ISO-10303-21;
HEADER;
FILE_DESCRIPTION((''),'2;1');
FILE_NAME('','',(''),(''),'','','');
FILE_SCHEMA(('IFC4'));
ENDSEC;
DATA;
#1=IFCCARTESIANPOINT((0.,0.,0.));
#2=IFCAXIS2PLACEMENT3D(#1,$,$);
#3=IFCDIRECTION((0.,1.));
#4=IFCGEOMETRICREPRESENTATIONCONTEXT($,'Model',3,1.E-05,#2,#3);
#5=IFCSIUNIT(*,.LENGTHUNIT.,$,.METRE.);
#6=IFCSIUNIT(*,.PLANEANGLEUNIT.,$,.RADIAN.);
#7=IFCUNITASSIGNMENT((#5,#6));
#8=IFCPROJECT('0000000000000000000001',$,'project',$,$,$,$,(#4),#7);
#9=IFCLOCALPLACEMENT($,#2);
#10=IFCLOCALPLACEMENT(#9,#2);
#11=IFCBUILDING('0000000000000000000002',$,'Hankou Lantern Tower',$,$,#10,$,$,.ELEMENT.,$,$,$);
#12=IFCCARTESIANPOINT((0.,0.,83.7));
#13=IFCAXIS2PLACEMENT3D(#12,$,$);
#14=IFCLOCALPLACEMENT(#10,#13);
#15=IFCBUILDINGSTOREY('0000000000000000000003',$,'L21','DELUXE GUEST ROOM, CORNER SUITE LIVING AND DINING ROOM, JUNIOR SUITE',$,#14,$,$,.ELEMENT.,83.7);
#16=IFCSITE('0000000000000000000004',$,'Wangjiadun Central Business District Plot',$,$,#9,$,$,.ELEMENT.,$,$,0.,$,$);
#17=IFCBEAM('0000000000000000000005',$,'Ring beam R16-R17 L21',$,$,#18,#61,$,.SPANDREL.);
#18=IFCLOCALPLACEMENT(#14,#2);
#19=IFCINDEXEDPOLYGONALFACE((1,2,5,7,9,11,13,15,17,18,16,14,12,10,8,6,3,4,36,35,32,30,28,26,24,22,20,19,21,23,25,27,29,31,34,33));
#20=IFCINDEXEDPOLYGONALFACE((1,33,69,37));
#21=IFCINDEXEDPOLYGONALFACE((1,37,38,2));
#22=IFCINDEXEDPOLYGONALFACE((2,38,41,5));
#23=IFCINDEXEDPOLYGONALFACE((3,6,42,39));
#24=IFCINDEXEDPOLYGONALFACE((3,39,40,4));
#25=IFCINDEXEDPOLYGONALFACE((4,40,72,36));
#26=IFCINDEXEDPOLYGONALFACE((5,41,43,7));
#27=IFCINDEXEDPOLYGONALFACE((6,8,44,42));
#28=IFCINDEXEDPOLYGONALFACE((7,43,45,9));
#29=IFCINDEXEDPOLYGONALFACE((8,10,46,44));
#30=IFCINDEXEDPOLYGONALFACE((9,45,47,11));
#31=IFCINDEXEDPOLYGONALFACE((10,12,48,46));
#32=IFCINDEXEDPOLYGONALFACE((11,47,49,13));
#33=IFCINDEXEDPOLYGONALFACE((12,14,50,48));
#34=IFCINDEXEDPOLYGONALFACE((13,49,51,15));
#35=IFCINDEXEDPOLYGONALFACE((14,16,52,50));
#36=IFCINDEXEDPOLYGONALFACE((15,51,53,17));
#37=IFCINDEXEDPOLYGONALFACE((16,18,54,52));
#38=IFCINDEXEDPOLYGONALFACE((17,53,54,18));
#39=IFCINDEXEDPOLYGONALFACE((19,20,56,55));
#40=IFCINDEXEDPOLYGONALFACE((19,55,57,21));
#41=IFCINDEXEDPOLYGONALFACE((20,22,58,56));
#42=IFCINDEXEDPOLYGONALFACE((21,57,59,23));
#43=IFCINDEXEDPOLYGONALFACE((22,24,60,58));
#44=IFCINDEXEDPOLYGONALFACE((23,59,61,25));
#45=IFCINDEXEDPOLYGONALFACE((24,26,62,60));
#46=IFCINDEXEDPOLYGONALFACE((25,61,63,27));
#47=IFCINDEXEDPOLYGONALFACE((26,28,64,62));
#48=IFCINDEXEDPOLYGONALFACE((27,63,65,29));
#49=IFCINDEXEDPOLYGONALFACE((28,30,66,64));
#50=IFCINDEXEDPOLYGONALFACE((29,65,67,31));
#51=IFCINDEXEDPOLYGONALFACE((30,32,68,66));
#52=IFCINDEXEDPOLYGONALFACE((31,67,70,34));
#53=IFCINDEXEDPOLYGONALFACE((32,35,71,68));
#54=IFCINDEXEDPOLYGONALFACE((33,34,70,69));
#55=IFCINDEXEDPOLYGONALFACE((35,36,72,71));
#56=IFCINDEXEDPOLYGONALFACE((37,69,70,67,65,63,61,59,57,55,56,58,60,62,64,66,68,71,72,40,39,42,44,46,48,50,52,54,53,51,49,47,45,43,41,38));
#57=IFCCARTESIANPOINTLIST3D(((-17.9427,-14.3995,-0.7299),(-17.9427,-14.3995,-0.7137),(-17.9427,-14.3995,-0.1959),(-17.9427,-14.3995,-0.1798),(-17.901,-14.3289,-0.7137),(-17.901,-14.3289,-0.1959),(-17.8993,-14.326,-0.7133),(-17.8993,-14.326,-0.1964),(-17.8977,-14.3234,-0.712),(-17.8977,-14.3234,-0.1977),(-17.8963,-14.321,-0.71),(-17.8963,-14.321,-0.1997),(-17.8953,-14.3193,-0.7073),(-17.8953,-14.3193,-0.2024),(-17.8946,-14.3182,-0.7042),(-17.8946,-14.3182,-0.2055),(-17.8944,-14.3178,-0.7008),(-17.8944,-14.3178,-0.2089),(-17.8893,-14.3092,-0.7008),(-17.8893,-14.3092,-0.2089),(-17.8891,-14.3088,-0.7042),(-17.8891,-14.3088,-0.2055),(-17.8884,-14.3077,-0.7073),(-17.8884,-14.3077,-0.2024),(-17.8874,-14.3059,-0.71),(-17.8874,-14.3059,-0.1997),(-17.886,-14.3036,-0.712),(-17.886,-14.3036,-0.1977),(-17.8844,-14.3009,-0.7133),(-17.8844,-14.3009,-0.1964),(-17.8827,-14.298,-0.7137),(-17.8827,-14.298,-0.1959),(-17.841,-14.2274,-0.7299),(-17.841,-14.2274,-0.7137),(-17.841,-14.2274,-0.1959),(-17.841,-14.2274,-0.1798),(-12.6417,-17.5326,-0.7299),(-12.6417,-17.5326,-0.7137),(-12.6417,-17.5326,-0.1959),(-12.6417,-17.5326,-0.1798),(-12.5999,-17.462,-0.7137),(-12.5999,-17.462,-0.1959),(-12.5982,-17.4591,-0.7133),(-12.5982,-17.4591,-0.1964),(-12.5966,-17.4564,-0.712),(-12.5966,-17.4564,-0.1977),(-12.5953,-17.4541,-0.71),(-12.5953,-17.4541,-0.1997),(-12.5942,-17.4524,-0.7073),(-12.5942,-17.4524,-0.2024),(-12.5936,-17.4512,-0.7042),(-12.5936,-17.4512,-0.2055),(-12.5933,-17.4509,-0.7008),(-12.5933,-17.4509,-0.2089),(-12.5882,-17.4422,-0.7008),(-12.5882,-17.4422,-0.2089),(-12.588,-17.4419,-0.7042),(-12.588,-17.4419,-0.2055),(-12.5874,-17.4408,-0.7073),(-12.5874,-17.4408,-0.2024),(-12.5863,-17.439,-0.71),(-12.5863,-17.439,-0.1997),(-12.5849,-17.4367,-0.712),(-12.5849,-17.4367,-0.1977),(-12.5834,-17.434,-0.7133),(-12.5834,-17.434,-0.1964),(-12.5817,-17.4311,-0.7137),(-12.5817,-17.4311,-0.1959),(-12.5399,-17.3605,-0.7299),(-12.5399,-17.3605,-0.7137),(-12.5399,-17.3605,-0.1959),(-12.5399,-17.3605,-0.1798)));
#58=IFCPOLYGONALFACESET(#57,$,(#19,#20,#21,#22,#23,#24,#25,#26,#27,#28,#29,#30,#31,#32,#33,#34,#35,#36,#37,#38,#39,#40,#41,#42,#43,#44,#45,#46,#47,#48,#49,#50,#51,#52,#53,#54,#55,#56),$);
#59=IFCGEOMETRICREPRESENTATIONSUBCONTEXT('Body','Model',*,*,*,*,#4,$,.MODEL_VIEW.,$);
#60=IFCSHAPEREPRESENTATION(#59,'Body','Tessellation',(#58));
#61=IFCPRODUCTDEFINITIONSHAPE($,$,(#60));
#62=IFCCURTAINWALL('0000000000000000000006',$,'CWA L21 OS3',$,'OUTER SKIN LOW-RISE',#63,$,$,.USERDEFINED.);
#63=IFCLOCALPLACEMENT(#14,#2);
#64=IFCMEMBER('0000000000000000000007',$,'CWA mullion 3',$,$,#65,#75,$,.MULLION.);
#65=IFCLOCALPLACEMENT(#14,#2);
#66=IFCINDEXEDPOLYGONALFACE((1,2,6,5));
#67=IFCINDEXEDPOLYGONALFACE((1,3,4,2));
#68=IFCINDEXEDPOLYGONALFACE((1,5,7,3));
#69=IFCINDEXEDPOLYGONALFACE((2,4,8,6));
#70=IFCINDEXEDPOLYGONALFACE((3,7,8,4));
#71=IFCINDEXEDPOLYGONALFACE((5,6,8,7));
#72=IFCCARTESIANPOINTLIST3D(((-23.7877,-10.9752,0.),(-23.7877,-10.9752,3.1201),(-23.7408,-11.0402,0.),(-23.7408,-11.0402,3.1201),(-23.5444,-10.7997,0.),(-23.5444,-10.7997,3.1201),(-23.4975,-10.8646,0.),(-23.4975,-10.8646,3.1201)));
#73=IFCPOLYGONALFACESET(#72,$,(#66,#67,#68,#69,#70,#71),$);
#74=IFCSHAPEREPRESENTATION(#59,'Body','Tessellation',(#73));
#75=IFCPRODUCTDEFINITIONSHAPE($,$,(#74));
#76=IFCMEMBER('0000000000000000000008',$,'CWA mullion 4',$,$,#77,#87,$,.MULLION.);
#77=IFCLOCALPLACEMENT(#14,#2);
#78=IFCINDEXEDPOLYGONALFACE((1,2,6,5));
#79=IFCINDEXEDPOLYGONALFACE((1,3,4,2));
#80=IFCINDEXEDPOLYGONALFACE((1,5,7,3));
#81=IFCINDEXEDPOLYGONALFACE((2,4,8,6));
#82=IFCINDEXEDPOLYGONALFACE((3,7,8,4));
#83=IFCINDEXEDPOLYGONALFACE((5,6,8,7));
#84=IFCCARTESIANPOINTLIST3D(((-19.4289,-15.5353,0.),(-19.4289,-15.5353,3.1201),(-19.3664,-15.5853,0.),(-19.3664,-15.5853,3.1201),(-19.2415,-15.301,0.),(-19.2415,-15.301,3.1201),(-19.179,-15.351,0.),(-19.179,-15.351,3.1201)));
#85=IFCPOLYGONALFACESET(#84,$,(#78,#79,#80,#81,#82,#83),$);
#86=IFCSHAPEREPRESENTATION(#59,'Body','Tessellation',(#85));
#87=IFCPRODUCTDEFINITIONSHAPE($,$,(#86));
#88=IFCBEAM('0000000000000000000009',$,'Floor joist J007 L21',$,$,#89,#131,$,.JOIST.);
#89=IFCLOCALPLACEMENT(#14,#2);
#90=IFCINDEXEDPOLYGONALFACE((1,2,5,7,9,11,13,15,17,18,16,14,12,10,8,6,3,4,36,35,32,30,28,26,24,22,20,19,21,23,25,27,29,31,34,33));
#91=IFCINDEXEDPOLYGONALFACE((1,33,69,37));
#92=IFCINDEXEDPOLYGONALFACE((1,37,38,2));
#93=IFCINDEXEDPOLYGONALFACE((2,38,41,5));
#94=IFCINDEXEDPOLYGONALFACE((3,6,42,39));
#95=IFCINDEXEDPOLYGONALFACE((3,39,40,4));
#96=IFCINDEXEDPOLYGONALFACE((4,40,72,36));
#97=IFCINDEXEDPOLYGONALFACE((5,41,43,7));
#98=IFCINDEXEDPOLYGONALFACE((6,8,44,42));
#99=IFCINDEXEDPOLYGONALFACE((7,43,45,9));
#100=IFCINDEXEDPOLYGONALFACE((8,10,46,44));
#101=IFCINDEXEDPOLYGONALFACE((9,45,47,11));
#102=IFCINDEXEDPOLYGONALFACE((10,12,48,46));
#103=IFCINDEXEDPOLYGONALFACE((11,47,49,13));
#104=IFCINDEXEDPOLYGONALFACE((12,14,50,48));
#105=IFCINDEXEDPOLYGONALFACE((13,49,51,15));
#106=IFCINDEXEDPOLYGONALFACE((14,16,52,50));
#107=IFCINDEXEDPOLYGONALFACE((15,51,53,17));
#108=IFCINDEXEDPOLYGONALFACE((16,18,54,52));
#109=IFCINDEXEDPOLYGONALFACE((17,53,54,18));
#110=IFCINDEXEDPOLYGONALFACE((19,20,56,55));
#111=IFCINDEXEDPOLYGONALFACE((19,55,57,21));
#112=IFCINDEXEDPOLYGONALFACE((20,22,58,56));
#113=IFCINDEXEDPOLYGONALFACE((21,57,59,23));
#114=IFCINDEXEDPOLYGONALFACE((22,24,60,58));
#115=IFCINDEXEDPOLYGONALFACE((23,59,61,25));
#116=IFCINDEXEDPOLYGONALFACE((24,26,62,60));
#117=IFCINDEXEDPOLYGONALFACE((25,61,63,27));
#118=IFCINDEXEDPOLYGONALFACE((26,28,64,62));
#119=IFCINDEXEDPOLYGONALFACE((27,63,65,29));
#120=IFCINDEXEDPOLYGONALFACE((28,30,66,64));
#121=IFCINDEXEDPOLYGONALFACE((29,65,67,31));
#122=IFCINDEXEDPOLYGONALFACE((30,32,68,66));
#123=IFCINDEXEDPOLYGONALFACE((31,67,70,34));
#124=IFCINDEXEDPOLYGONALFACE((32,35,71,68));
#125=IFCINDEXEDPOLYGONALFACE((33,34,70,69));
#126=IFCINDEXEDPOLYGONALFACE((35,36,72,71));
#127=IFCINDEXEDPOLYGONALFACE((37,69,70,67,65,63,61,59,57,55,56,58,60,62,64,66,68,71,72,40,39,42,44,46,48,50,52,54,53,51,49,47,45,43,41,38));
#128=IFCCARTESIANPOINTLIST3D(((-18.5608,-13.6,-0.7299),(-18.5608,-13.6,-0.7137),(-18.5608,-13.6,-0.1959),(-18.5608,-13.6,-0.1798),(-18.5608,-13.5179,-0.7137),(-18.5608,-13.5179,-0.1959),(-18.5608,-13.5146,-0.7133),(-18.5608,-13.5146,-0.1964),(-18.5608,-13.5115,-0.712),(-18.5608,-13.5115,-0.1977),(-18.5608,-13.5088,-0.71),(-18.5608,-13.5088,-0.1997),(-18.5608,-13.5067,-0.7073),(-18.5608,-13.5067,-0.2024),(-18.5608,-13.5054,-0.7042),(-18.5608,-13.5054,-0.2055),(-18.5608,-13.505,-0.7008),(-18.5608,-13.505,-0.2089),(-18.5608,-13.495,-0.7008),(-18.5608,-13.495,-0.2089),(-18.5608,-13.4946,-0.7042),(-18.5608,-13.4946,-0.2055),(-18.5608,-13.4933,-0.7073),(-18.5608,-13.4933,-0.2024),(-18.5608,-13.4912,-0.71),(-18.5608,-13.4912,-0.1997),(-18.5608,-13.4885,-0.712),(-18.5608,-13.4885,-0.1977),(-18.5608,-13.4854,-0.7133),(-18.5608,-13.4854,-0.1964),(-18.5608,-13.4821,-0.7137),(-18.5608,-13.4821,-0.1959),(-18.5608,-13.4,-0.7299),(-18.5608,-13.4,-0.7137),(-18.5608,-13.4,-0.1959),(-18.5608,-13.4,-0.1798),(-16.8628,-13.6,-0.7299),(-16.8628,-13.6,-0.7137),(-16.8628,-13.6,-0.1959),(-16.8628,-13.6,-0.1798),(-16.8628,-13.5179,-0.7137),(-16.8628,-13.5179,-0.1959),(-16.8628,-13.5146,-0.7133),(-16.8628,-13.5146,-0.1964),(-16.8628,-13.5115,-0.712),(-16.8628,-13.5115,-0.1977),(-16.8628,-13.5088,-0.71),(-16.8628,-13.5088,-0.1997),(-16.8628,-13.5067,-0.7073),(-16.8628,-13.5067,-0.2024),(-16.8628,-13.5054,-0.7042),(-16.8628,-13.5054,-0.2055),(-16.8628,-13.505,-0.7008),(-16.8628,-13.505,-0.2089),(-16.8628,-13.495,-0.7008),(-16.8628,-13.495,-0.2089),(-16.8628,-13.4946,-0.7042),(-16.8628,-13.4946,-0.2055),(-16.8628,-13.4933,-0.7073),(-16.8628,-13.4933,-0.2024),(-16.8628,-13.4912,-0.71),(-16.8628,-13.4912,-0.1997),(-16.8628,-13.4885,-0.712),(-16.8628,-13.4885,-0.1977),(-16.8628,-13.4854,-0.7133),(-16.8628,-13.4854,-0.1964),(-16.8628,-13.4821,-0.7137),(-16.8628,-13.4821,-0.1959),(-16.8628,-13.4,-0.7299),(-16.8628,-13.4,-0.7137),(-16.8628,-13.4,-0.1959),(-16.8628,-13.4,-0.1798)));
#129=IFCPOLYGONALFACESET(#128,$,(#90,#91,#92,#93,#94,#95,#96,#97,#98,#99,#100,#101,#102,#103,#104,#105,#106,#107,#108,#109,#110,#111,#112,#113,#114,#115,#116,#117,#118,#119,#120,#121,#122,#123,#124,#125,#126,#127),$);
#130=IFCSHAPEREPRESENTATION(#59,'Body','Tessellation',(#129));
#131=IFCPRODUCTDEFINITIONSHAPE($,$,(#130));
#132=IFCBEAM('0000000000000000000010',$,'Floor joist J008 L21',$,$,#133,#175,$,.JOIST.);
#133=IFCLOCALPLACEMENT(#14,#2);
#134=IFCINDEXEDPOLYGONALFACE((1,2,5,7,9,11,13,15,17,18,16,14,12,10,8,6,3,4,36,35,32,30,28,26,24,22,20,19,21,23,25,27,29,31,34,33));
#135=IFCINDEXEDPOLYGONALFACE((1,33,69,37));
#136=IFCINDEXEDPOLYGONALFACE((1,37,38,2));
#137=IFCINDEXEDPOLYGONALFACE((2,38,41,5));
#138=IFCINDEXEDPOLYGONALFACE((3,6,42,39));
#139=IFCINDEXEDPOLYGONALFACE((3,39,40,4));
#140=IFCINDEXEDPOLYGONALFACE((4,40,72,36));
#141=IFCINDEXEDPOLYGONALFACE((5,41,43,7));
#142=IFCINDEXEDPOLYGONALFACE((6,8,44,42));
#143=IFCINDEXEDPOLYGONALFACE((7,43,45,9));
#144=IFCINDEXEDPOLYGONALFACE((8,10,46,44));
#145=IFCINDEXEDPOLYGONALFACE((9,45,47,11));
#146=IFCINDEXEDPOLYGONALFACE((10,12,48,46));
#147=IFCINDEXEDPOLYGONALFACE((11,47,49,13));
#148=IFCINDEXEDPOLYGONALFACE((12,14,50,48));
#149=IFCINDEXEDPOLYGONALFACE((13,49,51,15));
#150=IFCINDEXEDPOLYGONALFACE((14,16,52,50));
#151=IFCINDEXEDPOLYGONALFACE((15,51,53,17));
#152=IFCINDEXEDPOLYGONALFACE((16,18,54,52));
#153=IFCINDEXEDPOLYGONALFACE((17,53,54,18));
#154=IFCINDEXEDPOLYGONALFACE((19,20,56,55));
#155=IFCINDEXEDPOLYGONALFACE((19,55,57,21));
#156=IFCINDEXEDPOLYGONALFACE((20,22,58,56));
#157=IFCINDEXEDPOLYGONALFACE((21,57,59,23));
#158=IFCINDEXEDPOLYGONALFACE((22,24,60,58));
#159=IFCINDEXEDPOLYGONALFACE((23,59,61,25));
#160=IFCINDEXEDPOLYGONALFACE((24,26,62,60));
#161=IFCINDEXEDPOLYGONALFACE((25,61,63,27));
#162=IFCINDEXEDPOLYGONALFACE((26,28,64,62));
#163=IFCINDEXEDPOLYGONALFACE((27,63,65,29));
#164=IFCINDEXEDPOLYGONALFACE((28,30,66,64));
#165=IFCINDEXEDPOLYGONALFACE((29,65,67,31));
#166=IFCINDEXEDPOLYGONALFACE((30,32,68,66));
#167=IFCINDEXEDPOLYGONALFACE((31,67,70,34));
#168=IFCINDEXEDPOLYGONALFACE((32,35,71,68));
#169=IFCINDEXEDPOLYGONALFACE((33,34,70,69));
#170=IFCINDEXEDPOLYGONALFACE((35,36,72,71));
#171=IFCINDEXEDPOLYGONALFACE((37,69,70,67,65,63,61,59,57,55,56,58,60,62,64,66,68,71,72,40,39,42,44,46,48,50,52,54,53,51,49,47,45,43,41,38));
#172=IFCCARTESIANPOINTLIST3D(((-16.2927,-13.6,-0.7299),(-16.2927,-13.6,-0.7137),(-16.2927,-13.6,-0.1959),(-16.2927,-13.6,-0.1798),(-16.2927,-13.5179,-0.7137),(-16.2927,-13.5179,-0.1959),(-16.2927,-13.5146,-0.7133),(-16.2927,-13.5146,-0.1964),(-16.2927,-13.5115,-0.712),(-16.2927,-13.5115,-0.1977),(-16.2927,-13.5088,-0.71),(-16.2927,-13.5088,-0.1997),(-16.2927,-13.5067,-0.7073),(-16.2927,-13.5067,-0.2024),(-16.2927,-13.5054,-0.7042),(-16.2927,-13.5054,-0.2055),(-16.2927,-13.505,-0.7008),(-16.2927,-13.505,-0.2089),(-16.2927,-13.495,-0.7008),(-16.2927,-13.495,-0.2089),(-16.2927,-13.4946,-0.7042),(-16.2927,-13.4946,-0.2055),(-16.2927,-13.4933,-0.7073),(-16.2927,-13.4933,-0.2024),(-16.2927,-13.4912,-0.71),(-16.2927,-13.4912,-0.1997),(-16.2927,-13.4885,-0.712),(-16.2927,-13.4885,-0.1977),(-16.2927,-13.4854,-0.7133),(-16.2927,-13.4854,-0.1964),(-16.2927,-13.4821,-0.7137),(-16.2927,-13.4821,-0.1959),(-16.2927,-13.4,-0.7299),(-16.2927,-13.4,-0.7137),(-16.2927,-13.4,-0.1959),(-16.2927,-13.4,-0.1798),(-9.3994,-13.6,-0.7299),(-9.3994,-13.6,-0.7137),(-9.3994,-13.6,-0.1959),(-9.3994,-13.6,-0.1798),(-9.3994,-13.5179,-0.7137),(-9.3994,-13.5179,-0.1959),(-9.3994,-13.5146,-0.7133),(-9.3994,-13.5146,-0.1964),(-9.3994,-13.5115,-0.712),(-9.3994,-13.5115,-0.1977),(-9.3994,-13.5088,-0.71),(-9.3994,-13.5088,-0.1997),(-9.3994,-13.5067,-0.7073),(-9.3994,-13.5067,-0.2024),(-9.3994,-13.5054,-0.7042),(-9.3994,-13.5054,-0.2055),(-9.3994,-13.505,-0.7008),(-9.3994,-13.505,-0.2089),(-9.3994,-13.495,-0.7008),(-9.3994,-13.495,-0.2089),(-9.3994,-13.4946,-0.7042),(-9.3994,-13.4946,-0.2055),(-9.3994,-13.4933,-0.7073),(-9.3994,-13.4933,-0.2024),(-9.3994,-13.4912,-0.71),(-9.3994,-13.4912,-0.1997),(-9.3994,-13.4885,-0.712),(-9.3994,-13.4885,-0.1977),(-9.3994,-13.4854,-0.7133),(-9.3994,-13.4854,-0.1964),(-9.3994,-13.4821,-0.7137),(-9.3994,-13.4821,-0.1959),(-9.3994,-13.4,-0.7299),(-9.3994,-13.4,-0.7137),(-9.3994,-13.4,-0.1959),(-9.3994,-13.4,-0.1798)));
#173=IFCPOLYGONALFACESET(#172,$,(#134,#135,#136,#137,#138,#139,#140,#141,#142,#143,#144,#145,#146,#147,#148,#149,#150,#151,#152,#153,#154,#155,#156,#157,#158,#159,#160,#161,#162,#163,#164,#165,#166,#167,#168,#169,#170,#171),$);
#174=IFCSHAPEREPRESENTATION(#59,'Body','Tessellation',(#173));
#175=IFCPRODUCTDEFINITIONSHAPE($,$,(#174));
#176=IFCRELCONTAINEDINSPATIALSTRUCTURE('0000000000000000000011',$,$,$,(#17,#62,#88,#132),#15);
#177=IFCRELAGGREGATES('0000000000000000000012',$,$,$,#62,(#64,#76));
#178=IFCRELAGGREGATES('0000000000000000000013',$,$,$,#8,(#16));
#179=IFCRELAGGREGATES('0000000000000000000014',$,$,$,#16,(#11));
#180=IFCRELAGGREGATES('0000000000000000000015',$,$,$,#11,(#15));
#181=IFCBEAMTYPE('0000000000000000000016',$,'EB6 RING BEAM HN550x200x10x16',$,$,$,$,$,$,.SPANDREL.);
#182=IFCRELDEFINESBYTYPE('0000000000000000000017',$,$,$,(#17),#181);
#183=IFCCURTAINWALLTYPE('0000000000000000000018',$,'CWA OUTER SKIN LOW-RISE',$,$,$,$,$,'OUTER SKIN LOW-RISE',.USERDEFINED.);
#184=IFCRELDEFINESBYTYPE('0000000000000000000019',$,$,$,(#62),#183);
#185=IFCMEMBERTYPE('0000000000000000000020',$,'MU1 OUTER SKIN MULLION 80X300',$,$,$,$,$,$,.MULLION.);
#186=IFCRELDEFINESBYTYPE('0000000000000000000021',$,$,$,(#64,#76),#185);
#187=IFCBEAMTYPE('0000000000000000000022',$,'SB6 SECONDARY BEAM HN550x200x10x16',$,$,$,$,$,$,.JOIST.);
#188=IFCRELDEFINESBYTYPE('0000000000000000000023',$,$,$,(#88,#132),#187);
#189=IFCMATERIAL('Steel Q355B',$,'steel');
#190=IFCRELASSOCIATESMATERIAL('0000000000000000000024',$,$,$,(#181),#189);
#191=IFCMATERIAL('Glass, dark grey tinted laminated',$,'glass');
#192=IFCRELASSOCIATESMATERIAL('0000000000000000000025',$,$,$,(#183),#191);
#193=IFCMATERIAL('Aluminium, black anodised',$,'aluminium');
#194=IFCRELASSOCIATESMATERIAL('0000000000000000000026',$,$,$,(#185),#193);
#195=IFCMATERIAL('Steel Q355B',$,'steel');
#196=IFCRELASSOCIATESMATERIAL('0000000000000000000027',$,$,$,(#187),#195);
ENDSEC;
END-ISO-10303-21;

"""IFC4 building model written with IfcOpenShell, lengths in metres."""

from ifc_helpers import new_model, si_unit, direction, frame, origin, origin_2d, place, context, subcontext, project, spatial, rectangle, i_section, extrude, material, material_profile, profile_set, type_object, element, aggregate, save


model = new_model("IFC4")

# Units and contexts
model_context = context("Model", 3, precision=1e-05, world=origin(), true_north=direction((0.0, 1.0)))
body_context = subcontext(model_context, "Body", "Model", "MODEL_VIEW")
ifc_project = project(units=[si_unit("LENGTHUNIT", "METRE"), si_unit("PLANEANGLEUNIT", "RADIAN")], contexts=[model_context])

# Site, building, storey
site_placement = place(None, origin())
site = spatial("IfcSite", under=ifc_project, at=site_placement, Name="Wangjiadun Central Business District Plot", CompositionType="ELEMENT", RefElevation=0.0)
building_placement = place(site_placement, origin())
building = spatial("IfcBuilding", under=site, at=building_placement, Name="Hankou Lantern Tower", CompositionType="ELEMENT")
storey_placement = place(building_placement, frame((0.0, 0.0, 83.7)))
storey = spatial("IfcBuildingStorey", under=building, at=storey_placement, Name="L21", Description="DELUXE GUEST ROOM, CORNER SUITE LIVING AND DINING ROOM, JUNIOR SUITE", CompositionType="ELEMENT", Elevation=83.7)

# Beam
ifc_material_1 = material(Name="Steel Q355B", Category="steel")
ifc_material_profile_1 = material_profile(ifc_material_1, i_section(OverallWidth=0.2, OverallDepth=0.55, WebThickness=0.01, FlangeThickness=0.0161, FilletRadius=0.0129, at=origin_2d()), Name="HN550x200x10x16")
ifc_profile_set_1 = profile_set([ifc_material_profile_1], Name="Steel Q355B")
beam_type_1 = type_object("IfcBeamType", Name="EB6 RING BEAM HN550x200x10x16", PredefinedType="SPANDREL", material=ifc_profile_set_1)
beam_1_placement = place(storey_placement, frame((-17.8918, -14.3135, -0.4548), z_axis=(0.860882, -0.508805, 0.0), x_axis=(0.508805, 0.860882, 0.0)))
element("IfcBeam", 1, at=beam_1_placement, inside=storey, type_object=beam_type_1, Name="Ring beam R16-R17 L21", PredefinedType="SPANDREL", context=body_context, shape_type="SweptSolid", body=[
    extrude(i_section(OverallWidth=0.2, OverallDepth=0.55, WebThickness=0.01, FlangeThickness=0.0161, FilletRadius=0.0129, at=origin_2d()), origin(), (0.0, 0.0, 1.0), 6.1577),
])

# Curtain wall, members
ifc_material_2 = material(Name="Glass, dark grey tinted laminated", Category="glass")
curtain_wall_type = type_object("IfcCurtainWallType", Name="CWA OUTER SKIN LOW-RISE", ElementType="OUTER SKIN LOW-RISE", PredefinedType="USERDEFINED", material=ifc_material_2)
curtain_wall_placement = place(storey_placement, origin())
curtain_wall = element("IfcCurtainWall", 2, at=curtain_wall_placement, inside=storey, type_object=curtain_wall_type, Name="CWA L21 OS3", ObjectType="OUTER SKIN LOW-RISE", PredefinedType="USERDEFINED")
ifc_material_3 = material(Name="Aluminium, black anodised", Category="aluminium")
ifc_material_profile_2 = material_profile(ifc_material_3, rectangle(XDim=0.0801, YDim=0.3, at=origin_2d()), Name="MU1 80X300")
ifc_profile_set_2 = profile_set([ifc_material_profile_2], Name="Aluminium, black anodised")
member_type_1 = type_object("IfcMemberType", Name="MU1 OUTER SKIN MULLION 80X300", PredefinedType="MULLION", material=ifc_profile_set_2)
member_1_placement = place(storey_placement, frame((-23.6426, -10.9199, 0.0), z_axis=(0.0, 0.0, 1.0), x_axis=(0.585206, -0.810885, 0.0)))
member_1 = element("IfcMember", 3, at=member_1_placement, type_object=member_type_1, Name="CWA mullion 3", PredefinedType="MULLION", context=body_context, shape_type="SweptSolid", body=[
    extrude(rectangle(XDim=0.0801, YDim=0.3, at=origin_2d()), origin(), (0.0, 0.0, 1.0), 3.1201),
])
member_2_placement = place(storey_placement, frame((-19.304, -15.4431, 0.0), z_axis=(0.0, 0.0, 1.0), x_axis=(0.780869, -0.624695, 0.0)))
member_2 = element("IfcMember", 4, at=member_2_placement, type_object=member_type_1, Name="CWA mullion 4", PredefinedType="MULLION", context=body_context, shape_type="SweptSolid", body=[
    extrude(rectangle(XDim=0.0801, YDim=0.3, at=origin_2d()), origin(), (0.0, 0.0, 1.0), 3.1201),
])

# Beams
ifc_material_4 = material(Name="Steel Q355B", Category="steel")
ifc_material_profile_3 = material_profile(ifc_material_4, i_section(OverallWidth=0.2, OverallDepth=0.55, WebThickness=0.01, FlangeThickness=0.0161, FilletRadius=0.0129, at=origin_2d()), Name="HN550x200x10x16")
ifc_profile_set_3 = profile_set([ifc_material_profile_3], Name="Steel Q355B")
beam_type_2 = type_object("IfcBeamType", Name="SB6 SECONDARY BEAM HN550x200x10x16", PredefinedType="JOIST", material=ifc_profile_set_3)
beam_2_placement = place(storey_placement, frame((-18.5608, -13.5, -0.4548), z_axis=(1.0, 0.0, 0.0), x_axis=(0.0, 1.0, 0.0)))
element("IfcBeam", 5, at=beam_2_placement, inside=storey, type_object=beam_type_2, Name="Floor joist J007 L21", PredefinedType="JOIST", context=body_context, shape_type="SweptSolid", body=[
    extrude(i_section(OverallWidth=0.2, OverallDepth=0.55, WebThickness=0.01, FlangeThickness=0.0161, FilletRadius=0.0129, at=origin_2d()), origin(), (0.0, 0.0, 1.0), 1.698),
])
beam_3_placement = place(storey_placement, frame((-16.2927, -13.5, -0.4548), z_axis=(1.0, 0.0, 0.0), x_axis=(0.0, 1.0, 0.0)))
element("IfcBeam", 6, at=beam_3_placement, inside=storey, type_object=beam_type_2, Name="Floor joist J008 L21", PredefinedType="JOIST", context=body_context, shape_type="SweptSolid", body=[
    extrude(i_section(OverallWidth=0.2, OverallDepth=0.55, WebThickness=0.01, FlangeThickness=0.0161, FilletRadius=0.0129, at=origin_2d()), origin(), (0.0, 0.0, 1.0), 6.8933),
])

aggregate(curtain_wall, [member_1, member_2])

save(model, "model.ifc")
